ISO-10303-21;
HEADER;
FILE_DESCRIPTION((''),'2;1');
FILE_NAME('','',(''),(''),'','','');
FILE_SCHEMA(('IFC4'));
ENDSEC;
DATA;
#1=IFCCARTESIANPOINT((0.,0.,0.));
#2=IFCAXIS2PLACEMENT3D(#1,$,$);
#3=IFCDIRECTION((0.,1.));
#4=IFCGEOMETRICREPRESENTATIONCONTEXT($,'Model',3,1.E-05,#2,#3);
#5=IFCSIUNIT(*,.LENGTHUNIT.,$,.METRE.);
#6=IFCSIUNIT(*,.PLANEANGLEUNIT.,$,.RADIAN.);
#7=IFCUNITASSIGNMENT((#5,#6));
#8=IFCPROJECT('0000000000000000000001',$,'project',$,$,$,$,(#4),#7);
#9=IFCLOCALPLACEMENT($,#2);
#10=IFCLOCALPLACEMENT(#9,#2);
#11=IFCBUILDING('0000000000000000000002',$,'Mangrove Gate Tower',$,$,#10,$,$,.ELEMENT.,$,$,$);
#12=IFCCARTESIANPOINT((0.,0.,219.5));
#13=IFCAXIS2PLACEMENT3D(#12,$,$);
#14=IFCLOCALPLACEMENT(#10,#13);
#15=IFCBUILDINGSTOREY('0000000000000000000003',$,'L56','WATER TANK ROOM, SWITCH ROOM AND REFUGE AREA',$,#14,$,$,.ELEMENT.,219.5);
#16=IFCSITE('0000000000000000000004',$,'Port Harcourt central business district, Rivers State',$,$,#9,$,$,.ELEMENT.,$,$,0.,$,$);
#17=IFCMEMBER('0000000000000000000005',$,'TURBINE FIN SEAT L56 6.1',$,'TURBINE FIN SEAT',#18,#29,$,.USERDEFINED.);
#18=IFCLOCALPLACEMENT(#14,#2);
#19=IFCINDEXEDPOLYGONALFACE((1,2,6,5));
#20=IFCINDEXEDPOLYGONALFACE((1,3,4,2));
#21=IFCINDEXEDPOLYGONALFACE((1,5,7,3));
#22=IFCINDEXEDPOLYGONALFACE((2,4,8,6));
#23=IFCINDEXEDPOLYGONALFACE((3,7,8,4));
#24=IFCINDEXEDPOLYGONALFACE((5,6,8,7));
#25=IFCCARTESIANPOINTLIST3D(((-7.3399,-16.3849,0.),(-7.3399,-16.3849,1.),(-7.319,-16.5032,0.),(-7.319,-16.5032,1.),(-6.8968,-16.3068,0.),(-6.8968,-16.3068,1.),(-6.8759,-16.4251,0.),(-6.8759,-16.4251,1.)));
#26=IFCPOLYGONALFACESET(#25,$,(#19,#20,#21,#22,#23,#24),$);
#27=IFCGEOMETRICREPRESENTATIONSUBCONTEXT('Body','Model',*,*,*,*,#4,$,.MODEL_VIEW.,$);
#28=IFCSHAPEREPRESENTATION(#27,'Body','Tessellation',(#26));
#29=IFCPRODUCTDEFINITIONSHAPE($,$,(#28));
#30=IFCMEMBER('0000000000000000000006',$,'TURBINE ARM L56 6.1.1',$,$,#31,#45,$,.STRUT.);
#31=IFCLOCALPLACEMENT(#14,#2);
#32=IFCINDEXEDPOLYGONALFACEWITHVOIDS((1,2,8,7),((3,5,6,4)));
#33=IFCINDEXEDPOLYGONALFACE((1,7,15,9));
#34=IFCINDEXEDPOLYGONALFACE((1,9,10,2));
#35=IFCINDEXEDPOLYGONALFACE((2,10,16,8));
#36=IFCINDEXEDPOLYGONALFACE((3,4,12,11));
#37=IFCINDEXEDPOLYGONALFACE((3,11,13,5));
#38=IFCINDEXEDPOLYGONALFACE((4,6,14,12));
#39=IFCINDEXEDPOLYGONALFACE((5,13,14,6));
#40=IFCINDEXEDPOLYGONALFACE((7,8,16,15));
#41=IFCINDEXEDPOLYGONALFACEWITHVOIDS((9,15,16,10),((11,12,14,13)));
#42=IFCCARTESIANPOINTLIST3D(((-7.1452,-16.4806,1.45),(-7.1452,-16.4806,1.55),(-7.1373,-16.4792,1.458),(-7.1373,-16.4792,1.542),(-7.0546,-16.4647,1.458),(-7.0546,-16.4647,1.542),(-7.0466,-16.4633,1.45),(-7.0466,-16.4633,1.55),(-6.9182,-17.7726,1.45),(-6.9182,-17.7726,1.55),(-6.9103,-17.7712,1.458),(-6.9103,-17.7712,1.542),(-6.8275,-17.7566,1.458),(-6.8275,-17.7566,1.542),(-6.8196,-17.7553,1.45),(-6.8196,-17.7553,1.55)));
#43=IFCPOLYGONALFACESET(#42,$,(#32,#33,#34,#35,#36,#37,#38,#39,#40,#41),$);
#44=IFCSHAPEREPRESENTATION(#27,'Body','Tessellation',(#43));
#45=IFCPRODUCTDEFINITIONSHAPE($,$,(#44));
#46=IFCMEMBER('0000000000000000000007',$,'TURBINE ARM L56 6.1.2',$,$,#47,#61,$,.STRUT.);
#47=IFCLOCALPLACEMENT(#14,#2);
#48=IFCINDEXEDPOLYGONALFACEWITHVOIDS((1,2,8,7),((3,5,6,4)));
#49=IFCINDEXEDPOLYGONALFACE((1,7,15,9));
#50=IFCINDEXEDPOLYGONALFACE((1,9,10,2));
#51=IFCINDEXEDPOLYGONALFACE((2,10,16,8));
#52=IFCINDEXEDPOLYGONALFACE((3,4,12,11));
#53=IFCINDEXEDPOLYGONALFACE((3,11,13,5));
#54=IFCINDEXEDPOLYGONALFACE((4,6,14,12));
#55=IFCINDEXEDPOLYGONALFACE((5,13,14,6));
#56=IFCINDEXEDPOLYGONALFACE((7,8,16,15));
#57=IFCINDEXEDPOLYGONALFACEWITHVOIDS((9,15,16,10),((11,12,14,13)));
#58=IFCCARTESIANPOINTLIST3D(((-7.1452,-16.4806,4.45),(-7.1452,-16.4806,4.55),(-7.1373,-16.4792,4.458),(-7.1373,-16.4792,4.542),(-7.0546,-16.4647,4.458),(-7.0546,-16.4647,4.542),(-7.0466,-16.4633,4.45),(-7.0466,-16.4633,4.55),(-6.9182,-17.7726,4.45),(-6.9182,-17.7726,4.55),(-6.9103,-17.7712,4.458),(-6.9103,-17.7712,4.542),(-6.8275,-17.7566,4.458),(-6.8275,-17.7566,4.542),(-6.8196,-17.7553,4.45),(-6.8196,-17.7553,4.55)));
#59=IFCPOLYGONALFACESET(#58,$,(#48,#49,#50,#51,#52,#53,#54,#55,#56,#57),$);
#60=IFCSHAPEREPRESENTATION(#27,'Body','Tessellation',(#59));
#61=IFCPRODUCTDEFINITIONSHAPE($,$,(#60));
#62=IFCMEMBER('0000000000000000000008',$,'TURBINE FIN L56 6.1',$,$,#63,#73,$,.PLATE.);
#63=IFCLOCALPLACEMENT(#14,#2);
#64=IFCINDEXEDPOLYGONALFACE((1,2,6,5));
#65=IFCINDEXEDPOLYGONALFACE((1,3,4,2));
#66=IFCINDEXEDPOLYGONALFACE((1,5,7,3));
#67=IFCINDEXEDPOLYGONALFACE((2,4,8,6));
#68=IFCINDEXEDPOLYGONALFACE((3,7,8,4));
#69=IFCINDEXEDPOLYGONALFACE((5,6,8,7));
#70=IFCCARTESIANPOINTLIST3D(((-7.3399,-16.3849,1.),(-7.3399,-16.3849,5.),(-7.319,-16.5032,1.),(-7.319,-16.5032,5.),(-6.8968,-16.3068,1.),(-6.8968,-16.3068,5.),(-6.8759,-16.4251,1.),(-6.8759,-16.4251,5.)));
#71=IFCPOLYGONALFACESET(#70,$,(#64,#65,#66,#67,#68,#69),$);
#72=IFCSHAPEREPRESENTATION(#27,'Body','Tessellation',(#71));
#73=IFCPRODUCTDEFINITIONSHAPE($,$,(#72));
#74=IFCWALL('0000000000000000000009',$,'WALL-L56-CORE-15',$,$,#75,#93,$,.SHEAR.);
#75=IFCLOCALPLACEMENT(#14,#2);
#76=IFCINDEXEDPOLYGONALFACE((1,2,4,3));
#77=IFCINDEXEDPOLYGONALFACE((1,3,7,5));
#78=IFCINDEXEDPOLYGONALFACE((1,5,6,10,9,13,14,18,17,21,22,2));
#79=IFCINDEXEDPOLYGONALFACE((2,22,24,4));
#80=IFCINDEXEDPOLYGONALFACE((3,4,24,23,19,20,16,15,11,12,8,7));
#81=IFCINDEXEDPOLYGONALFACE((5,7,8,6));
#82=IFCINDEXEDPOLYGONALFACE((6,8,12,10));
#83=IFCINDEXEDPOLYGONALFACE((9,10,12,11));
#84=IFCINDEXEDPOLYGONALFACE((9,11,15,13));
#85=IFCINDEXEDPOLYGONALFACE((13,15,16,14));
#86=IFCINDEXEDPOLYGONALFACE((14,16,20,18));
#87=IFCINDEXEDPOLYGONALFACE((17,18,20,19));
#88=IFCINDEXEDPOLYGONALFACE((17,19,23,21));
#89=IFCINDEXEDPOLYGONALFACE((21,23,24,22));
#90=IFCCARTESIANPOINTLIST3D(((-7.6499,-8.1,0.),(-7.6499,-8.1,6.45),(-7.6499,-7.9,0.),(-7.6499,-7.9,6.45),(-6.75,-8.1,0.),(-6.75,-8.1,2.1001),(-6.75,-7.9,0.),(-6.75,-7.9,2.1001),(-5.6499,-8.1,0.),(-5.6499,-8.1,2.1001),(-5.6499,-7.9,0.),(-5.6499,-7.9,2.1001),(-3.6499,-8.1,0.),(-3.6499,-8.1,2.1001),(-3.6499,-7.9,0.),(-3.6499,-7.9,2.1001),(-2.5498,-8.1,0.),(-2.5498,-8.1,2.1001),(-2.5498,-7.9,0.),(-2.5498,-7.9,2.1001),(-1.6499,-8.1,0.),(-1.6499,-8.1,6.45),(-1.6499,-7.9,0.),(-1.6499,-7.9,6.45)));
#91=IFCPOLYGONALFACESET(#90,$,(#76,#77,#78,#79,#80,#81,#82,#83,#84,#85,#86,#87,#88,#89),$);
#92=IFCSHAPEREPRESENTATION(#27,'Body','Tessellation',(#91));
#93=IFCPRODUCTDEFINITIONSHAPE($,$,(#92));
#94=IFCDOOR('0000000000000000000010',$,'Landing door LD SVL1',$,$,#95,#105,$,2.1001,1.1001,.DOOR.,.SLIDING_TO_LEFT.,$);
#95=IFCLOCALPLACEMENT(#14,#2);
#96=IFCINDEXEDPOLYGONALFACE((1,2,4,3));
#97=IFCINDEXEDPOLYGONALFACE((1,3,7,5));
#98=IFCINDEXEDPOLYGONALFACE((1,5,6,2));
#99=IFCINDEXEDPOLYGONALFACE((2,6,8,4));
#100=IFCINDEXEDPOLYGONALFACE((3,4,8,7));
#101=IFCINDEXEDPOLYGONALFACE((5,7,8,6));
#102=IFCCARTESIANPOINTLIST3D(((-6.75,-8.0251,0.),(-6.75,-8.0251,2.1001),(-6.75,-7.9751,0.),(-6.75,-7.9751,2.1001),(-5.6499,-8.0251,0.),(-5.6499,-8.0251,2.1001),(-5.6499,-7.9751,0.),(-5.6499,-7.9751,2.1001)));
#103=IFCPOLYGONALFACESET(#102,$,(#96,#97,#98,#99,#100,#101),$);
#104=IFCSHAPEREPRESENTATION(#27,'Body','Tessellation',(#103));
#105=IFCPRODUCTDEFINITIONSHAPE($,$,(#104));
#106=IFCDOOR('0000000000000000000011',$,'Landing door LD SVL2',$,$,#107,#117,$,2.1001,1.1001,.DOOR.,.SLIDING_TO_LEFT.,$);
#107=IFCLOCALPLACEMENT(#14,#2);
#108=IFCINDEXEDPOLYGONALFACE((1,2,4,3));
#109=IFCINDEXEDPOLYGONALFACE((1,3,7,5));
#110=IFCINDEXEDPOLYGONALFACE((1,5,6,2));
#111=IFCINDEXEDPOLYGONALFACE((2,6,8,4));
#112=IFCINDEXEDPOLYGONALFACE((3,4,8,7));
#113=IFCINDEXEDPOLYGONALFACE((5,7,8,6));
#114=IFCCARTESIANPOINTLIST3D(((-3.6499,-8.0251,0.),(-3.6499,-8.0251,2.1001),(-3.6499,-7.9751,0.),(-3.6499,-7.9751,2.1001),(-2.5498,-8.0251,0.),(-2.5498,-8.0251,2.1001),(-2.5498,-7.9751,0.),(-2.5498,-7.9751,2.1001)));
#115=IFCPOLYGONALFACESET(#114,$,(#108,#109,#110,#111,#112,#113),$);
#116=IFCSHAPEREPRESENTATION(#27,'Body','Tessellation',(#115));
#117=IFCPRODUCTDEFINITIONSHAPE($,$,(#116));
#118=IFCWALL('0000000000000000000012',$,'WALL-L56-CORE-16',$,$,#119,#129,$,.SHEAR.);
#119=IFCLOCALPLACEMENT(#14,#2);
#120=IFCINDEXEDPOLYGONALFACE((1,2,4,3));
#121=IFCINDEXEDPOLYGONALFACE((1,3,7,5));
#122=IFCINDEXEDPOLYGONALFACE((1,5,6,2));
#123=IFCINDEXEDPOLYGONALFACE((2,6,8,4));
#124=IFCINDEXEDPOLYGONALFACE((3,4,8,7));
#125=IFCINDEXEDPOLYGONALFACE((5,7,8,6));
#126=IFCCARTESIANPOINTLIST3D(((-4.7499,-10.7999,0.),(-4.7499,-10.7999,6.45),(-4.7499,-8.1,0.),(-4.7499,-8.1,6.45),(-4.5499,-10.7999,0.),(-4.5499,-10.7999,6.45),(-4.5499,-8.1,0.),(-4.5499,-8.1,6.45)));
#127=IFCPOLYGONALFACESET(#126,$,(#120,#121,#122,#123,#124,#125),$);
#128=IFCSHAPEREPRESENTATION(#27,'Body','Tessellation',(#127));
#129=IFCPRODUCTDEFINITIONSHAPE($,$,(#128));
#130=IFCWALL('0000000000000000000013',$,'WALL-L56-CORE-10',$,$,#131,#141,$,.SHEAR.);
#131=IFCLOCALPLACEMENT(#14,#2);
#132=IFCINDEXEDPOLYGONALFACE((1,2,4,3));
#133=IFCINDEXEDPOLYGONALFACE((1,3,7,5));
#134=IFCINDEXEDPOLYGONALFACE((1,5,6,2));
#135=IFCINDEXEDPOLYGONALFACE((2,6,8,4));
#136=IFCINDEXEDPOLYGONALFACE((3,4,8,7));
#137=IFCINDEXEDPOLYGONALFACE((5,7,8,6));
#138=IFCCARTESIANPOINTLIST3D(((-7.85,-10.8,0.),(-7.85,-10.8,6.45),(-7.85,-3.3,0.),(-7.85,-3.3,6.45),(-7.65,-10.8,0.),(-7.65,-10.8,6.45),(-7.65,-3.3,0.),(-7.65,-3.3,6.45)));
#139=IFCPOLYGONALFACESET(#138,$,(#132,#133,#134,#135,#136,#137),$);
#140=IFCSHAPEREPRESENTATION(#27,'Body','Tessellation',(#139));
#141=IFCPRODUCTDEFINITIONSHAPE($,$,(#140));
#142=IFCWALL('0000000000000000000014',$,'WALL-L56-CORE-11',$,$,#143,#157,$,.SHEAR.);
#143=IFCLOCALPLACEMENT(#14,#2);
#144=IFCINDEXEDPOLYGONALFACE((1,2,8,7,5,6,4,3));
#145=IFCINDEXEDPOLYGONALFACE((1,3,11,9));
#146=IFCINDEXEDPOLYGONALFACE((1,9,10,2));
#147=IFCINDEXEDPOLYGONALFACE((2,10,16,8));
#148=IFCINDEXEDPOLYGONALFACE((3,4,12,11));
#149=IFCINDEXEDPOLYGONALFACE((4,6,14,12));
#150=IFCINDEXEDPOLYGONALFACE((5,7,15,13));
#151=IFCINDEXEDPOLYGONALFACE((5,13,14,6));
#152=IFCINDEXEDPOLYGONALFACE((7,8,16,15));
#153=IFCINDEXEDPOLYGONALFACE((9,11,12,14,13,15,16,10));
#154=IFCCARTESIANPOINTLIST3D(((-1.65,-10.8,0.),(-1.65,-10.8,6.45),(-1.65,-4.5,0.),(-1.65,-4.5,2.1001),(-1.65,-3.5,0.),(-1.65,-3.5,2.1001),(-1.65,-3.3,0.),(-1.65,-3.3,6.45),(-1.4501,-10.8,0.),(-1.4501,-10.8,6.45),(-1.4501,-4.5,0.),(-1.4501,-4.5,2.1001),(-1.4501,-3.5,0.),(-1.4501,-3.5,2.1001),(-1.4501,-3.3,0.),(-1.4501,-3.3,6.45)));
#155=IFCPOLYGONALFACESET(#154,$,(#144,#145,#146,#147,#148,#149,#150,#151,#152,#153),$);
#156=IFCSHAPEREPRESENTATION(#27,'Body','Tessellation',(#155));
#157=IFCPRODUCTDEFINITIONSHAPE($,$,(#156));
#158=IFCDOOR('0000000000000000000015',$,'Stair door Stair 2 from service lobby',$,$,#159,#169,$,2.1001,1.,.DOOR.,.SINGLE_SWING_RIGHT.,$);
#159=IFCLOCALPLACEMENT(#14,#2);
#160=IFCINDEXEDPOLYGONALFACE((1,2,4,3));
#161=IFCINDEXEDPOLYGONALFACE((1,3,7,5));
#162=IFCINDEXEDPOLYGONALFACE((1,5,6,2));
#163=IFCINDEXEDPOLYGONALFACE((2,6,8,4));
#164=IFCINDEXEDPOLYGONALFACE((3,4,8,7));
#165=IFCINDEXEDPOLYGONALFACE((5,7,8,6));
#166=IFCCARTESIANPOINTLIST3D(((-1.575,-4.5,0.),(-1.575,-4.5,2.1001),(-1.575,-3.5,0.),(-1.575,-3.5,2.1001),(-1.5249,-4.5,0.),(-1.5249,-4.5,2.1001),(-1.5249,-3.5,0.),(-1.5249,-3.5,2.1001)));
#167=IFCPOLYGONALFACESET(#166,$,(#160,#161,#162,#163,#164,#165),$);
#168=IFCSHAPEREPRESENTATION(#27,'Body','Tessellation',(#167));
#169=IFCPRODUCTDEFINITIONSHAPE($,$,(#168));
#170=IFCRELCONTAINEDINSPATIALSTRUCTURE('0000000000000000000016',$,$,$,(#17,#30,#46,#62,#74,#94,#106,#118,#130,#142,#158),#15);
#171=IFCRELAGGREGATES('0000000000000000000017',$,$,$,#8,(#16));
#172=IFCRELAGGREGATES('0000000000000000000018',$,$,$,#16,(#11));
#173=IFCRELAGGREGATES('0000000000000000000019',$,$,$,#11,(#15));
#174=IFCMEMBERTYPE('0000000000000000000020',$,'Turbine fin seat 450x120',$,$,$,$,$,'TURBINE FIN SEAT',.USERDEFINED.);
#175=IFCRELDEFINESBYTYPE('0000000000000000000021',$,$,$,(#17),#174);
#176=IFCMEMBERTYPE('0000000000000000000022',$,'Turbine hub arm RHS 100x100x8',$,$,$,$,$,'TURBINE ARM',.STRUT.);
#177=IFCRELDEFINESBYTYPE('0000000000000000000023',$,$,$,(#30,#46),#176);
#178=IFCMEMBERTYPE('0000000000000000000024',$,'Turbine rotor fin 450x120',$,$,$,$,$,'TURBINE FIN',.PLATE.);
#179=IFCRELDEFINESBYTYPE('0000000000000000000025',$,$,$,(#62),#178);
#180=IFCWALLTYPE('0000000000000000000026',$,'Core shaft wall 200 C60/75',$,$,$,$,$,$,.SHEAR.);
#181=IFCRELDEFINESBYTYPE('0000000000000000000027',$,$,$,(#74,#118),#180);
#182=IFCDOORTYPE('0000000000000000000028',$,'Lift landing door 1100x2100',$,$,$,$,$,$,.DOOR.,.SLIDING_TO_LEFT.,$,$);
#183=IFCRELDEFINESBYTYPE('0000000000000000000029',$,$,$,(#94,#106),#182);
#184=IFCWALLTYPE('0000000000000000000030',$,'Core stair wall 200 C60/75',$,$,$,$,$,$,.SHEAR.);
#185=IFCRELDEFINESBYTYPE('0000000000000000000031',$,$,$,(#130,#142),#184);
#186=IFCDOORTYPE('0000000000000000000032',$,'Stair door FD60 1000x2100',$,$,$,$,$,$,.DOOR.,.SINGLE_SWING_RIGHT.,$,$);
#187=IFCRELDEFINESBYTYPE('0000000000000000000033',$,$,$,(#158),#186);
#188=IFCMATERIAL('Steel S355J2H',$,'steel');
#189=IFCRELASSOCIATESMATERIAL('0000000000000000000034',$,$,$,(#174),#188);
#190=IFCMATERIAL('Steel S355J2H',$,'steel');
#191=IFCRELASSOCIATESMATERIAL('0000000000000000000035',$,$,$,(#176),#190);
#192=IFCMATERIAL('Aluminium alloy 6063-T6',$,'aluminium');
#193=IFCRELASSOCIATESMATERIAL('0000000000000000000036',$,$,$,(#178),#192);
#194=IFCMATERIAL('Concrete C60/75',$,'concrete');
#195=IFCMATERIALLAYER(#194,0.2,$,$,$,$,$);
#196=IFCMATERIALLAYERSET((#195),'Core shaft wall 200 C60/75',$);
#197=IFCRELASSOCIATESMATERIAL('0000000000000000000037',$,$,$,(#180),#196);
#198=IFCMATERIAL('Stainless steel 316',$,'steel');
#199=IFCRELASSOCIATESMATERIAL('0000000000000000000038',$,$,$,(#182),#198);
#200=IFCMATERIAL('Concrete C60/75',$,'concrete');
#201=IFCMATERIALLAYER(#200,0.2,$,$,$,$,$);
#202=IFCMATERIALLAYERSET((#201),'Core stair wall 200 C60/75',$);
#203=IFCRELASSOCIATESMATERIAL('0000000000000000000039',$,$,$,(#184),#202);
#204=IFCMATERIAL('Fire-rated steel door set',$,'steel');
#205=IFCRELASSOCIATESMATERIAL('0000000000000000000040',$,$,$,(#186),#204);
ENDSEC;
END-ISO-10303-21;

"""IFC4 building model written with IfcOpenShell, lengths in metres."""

from ifc_helpers import new_model, si_unit, direction, frame, frame_2d, origin, origin_2d, place, context, subcontext, project, spatial, rectangle, hollow_rectangle, extrude, material, layer, layer_set, material_profile, profile_set, type_object, element, fill, save


model = new_model("IFC4")

# Units and contexts
model_context = context("Model", 3, precision=1e-05, world=origin(), true_north=direction((0.0, 1.0)))
body_context = subcontext(model_context, "Body", "Model", "MODEL_VIEW")
ifc_project = project(units=[si_unit("LENGTHUNIT", "METRE"), si_unit("PLANEANGLEUNIT", "RADIAN")], contexts=[model_context])

# Site, building, storey
site_placement = place(None, origin())
site = spatial("IfcSite", under=ifc_project, at=site_placement, Name="Port Harcourt central business district, Rivers State", CompositionType="ELEMENT", RefElevation=0.0)
building_placement = place(site_placement, origin())
building = spatial("IfcBuilding", under=site, at=building_placement, Name="Mangrove Gate Tower", CompositionType="ELEMENT")
storey_placement = place(building_placement, frame((0.0, 0.0, 219.5)))
storey = spatial("IfcBuildingStorey", under=building, at=storey_placement, Name="L56", Description="WATER TANK ROOM, SWITCH ROOM AND REFUGE AREA", CompositionType="ELEMENT", Elevation=219.5)

# Members
ifc_material_1 = material(Name="Steel S355J2H", Category="steel")
ifc_material_profile_1 = material_profile(ifc_material_1, rectangle(XDim=0.45, YDim=0.1201, at=origin_2d()))
ifc_profile_set_1 = profile_set([ifc_material_profile_1], Name="Steel S355J2H")
member_type_1 = type_object("IfcMemberType", Name="Turbine fin seat 450x120", ElementType="TURBINE FIN SEAT", PredefinedType="USERDEFINED", material=ifc_profile_set_1)
member_1_placement = place(storey_placement, frame((-7.1079, -16.405, 0.0), z_axis=(0.0, 0.0, 1.0), x_axis=(-0.984808, -0.173648, 0.0)))
element("IfcMember", 1, at=member_1_placement, inside=storey, type_object=member_type_1, Name="TURBINE FIN SEAT L56 6.1", ObjectType="TURBINE FIN SEAT", PredefinedType="USERDEFINED", context=body_context, shape_type="SweptSolid", body=[
    extrude(rectangle(XDim=0.45, YDim=0.1201, at=origin_2d()), origin(), (0.0, 0.0, 1.0), 1.0),
])
ifc_material_2 = material(Name="Steel S355J2H", Category="steel")
ifc_material_profile_2 = material_profile(ifc_material_2, hollow_rectangle(XDim=0.1001, YDim=0.1001, WallThickness=0.0081, at=origin_2d()))
ifc_profile_set_2 = profile_set([ifc_material_profile_2], Name="Steel S355J2H")
member_type_2 = type_object("IfcMemberType", Name="Turbine hub arm RHS 100x100x8", ElementType="TURBINE ARM", PredefinedType="STRUT", material=ifc_profile_set_2)
for number, where, z_axis, x_axis, name in (
    (2, (-6.8689, -17.7639, 1.5), (-0.173085, 0.984907, 0.0), (-0.984907, -0.173085, 0.0), "TURBINE ARM L56 6.1.1"),
    (3, (-6.8689, -17.7639, 4.5), (-0.173085, 0.984907, 0.0), (-0.984907, -0.173085, 0.0), "TURBINE ARM L56 6.1.2"),
):
    element("IfcMember", number, at=place(storey_placement, frame(where, z_axis=z_axis, x_axis=x_axis)), inside=storey, type_object=member_type_2, Name=name, PredefinedType="STRUT", context=body_context, shape_type="SweptSolid", body=[
        extrude(hollow_rectangle(XDim=0.1001, YDim=0.1001, WallThickness=0.0081, at=origin_2d()), origin(), (0.0, 0.0, 1.0), 1.3118),
    ])
ifc_material_3 = material(Name="Aluminium alloy 6063-T6", Category="aluminium")
ifc_material_profile_3 = material_profile(ifc_material_3, rectangle(XDim=0.45, YDim=0.1201, at=origin_2d()))
ifc_profile_set_3 = profile_set([ifc_material_profile_3], Name="Aluminium alloy 6063-T6")
member_type_3 = type_object("IfcMemberType", Name="Turbine rotor fin 450x120", ElementType="TURBINE FIN", PredefinedType="PLATE", material=ifc_profile_set_3)
member_2_placement = place(storey_placement, frame((-7.1079, -16.405, 1.0), z_axis=(0.0, 0.0, 1.0), x_axis=(-0.984808, -0.173648, 0.0)))
element("IfcMember", 4, at=member_2_placement, inside=storey, type_object=member_type_3, Name="TURBINE FIN L56 6.1", PredefinedType="PLATE", context=body_context, shape_type="SweptSolid", body=[
    extrude(rectangle(XDim=0.45, YDim=0.1201, at=origin_2d()), origin(), (0.0, 0.0, 1.0), 4.0),
])

# Wall, openings, doors
ifc_material_4 = material(Name="Concrete C60/75", Category="concrete")
ifc_layer_1 = layer(ifc_material_4, 0.2)
ifc_layer_set_1 = layer_set([ifc_layer_1], Name="Core shaft wall 200 C60/75")
wall_type_1 = type_object("IfcWallType", Name="Core shaft wall 200 C60/75", PredefinedType="SHEAR", material=ifc_layer_set_1)
wall_1_placement = place(storey_placement, frame((-7.6499, -8.0, 0.0), z_axis=(0.0, 0.0, 1.0), x_axis=(1.0, 0.0, 0.0)))
wall_1 = element("IfcWall", 5, at=wall_1_placement, inside=storey, type_object=wall_type_1, Name="WALL-L56-CORE-15", PredefinedType="SHEAR", context=body_context, shape_type="SweptSolid", body=[
    extrude(rectangle(XDim=6.0, YDim=0.2, at=frame_2d((3.0, 0.0))), origin(), (0.0, 0.0, 1.0), 6.45),
])
opening_1_placement = place(wall_1_placement, frame((0.8999, 0.0, 0.0)))
opening_1 = element("IfcOpeningElement", 6, at=opening_1_placement, cuts=wall_1, PredefinedType="OPENING", context=body_context, shape_type="SweptSolid", body=[
    extrude(rectangle(XDim=1.1001, YDim=2.1001, at=frame_2d((0.55, 1.05))), frame((0.0, 0.1099, 0.0), z_axis=(0.0, -1.0, 0.0), x_axis=(1.0, 0.0, 0.0)), (0.0, 0.0, 1.0), 0.22),
])
opening_2_placement = place(wall_1_placement, frame((4.0, 0.0, 0.0)))
opening_2 = element("IfcOpeningElement", 7, at=opening_2_placement, cuts=wall_1, PredefinedType="OPENING", context=body_context, shape_type="SweptSolid", body=[
    extrude(rectangle(XDim=1.1001, YDim=2.1001, at=frame_2d((0.55, 1.05))), frame((0.0, 0.1099, 0.0), z_axis=(0.0, -1.0, 0.0), x_axis=(1.0, 0.0, 0.0)), (0.0, 0.0, 1.0), 0.22),
])
ifc_material_5 = material(Name="Stainless steel 316", Category="steel")
door_type_1 = type_object("IfcDoorType", Name="Lift landing door 1100x2100", OperationType="SLIDING_TO_LEFT", PredefinedType="DOOR", material=ifc_material_5)
door_1_placement = place(opening_1_placement, origin())
door_1 = element("IfcDoor", 8, at=door_1_placement, inside=storey, type_object=door_type_1, Name="Landing door LD SVL1", OperationType="SLIDING_TO_LEFT", OverallHeight=2.1001, OverallWidth=1.1001, PredefinedType="DOOR", context=body_context, shape_type="SweptSolid", body=[
    extrude(rectangle(XDim=1.1001, YDim=2.1001, at=frame_2d((0.55, 1.05))), frame((0.0, 0.0249, 0.0), z_axis=(0.0, -1.0, 0.0), x_axis=(1.0, 0.0, 0.0)), (0.0, 0.0, 1.0), 0.05),
])
fill(opening_1, door_1)
door_2_placement = place(opening_2_placement, origin())
door_2 = element("IfcDoor", 9, at=door_2_placement, inside=storey, type_object=door_type_1, Name="Landing door LD SVL2", OperationType="SLIDING_TO_LEFT", OverallHeight=2.1001, OverallWidth=1.1001, PredefinedType="DOOR", context=body_context, shape_type="SweptSolid", body=[
    extrude(rectangle(XDim=1.1001, YDim=2.1001, at=frame_2d((0.55, 1.05))), frame((0.0, 0.0249, 0.0), z_axis=(0.0, -1.0, 0.0), x_axis=(1.0, 0.0, 0.0)), (0.0, 0.0, 1.0), 0.05),
])
fill(opening_2, door_2)

# Walls
wall_2_placement = place(storey_placement, frame((-4.6499, -10.8, 0.0), z_axis=(0.0, 0.0, 1.0), x_axis=(0.0, 1.0, 0.0)))
element("IfcWall", 10, at=wall_2_placement, inside=storey, type_object=wall_type_1, Name="WALL-L56-CORE-16", PredefinedType="SHEAR", context=body_context, shape_type="SweptSolid", body=[
    extrude(rectangle(XDim=2.7, YDim=0.2, at=frame_2d((1.3501, 0.0))), origin(), (0.0, 0.0, 1.0), 6.45),
])
ifc_material_6 = material(Name="Concrete C60/75", Category="concrete")
ifc_layer_2 = layer(ifc_material_6, 0.2)
ifc_layer_set_2 = layer_set([ifc_layer_2], Name="Core stair wall 200 C60/75")
wall_type_2 = type_object("IfcWallType", Name="Core stair wall 200 C60/75", PredefinedType="SHEAR", material=ifc_layer_set_2)
wall_3_placement = place(storey_placement, frame((-7.75, -10.8, 0.0), z_axis=(0.0, 0.0, 1.0), x_axis=(0.0, 1.0, 0.0)))
element("IfcWall", 11, at=wall_3_placement, inside=storey, type_object=wall_type_2, Name="WALL-L56-CORE-10", PredefinedType="SHEAR", context=body_context, shape_type="SweptSolid", body=[
    extrude(rectangle(XDim=7.5, YDim=0.2, at=frame_2d((3.75, 0.0))), origin(), (0.0, 0.0, 1.0), 6.45),
])

# Wall, opening, door
wall_4_placement = place(storey_placement, frame((-1.55, -10.8, 0.0), z_axis=(0.0, 0.0, 1.0), x_axis=(0.0, 1.0, 0.0)))
wall_4 = element("IfcWall", 12, at=wall_4_placement, inside=storey, type_object=wall_type_2, Name="WALL-L56-CORE-11", PredefinedType="SHEAR", context=body_context, shape_type="SweptSolid", body=[
    extrude(rectangle(XDim=7.5, YDim=0.2, at=frame_2d((3.75, 0.0))), origin(), (0.0, 0.0, 1.0), 6.45),
])
opening_3_placement = place(wall_4_placement, frame((6.3, 0.0, 0.0)))
opening_3 = element("IfcOpeningElement", 13, at=opening_3_placement, cuts=wall_4, PredefinedType="OPENING", context=body_context, shape_type="SweptSolid", body=[
    extrude(rectangle(XDim=1.0, YDim=2.1001, at=frame_2d((0.5, 1.05))), frame((0.0, 0.1099, 0.0), z_axis=(0.0, -1.0, 0.0), x_axis=(1.0, 0.0, 0.0)), (0.0, 0.0, 1.0), 0.22),
])
ifc_material_7 = material(Name="Fire-rated steel door set", Category="steel")
door_type_2 = type_object("IfcDoorType", Name="Stair door FD60 1000x2100", OperationType="SINGLE_SWING_RIGHT", PredefinedType="DOOR", material=ifc_material_7)
door_3_placement = place(opening_3_placement, origin())
door_3 = element("IfcDoor", 14, at=door_3_placement, inside=storey, type_object=door_type_2, Name="Stair door Stair 2 from service lobby", OperationType="SINGLE_SWING_RIGHT", OverallHeight=2.1001, OverallWidth=1.0, PredefinedType="DOOR", context=body_context, shape_type="SweptSolid", body=[
    extrude(rectangle(XDim=1.0, YDim=2.1001, at=frame_2d((0.5, 1.05))), frame((0.0, 0.0249, 0.0), z_axis=(0.0, -1.0, 0.0), x_axis=(1.0, 0.0, 0.0)), (0.0, 0.0, 1.0), 0.05),
])
fill(opening_3, door_3)

save(model, "model.ifc")
